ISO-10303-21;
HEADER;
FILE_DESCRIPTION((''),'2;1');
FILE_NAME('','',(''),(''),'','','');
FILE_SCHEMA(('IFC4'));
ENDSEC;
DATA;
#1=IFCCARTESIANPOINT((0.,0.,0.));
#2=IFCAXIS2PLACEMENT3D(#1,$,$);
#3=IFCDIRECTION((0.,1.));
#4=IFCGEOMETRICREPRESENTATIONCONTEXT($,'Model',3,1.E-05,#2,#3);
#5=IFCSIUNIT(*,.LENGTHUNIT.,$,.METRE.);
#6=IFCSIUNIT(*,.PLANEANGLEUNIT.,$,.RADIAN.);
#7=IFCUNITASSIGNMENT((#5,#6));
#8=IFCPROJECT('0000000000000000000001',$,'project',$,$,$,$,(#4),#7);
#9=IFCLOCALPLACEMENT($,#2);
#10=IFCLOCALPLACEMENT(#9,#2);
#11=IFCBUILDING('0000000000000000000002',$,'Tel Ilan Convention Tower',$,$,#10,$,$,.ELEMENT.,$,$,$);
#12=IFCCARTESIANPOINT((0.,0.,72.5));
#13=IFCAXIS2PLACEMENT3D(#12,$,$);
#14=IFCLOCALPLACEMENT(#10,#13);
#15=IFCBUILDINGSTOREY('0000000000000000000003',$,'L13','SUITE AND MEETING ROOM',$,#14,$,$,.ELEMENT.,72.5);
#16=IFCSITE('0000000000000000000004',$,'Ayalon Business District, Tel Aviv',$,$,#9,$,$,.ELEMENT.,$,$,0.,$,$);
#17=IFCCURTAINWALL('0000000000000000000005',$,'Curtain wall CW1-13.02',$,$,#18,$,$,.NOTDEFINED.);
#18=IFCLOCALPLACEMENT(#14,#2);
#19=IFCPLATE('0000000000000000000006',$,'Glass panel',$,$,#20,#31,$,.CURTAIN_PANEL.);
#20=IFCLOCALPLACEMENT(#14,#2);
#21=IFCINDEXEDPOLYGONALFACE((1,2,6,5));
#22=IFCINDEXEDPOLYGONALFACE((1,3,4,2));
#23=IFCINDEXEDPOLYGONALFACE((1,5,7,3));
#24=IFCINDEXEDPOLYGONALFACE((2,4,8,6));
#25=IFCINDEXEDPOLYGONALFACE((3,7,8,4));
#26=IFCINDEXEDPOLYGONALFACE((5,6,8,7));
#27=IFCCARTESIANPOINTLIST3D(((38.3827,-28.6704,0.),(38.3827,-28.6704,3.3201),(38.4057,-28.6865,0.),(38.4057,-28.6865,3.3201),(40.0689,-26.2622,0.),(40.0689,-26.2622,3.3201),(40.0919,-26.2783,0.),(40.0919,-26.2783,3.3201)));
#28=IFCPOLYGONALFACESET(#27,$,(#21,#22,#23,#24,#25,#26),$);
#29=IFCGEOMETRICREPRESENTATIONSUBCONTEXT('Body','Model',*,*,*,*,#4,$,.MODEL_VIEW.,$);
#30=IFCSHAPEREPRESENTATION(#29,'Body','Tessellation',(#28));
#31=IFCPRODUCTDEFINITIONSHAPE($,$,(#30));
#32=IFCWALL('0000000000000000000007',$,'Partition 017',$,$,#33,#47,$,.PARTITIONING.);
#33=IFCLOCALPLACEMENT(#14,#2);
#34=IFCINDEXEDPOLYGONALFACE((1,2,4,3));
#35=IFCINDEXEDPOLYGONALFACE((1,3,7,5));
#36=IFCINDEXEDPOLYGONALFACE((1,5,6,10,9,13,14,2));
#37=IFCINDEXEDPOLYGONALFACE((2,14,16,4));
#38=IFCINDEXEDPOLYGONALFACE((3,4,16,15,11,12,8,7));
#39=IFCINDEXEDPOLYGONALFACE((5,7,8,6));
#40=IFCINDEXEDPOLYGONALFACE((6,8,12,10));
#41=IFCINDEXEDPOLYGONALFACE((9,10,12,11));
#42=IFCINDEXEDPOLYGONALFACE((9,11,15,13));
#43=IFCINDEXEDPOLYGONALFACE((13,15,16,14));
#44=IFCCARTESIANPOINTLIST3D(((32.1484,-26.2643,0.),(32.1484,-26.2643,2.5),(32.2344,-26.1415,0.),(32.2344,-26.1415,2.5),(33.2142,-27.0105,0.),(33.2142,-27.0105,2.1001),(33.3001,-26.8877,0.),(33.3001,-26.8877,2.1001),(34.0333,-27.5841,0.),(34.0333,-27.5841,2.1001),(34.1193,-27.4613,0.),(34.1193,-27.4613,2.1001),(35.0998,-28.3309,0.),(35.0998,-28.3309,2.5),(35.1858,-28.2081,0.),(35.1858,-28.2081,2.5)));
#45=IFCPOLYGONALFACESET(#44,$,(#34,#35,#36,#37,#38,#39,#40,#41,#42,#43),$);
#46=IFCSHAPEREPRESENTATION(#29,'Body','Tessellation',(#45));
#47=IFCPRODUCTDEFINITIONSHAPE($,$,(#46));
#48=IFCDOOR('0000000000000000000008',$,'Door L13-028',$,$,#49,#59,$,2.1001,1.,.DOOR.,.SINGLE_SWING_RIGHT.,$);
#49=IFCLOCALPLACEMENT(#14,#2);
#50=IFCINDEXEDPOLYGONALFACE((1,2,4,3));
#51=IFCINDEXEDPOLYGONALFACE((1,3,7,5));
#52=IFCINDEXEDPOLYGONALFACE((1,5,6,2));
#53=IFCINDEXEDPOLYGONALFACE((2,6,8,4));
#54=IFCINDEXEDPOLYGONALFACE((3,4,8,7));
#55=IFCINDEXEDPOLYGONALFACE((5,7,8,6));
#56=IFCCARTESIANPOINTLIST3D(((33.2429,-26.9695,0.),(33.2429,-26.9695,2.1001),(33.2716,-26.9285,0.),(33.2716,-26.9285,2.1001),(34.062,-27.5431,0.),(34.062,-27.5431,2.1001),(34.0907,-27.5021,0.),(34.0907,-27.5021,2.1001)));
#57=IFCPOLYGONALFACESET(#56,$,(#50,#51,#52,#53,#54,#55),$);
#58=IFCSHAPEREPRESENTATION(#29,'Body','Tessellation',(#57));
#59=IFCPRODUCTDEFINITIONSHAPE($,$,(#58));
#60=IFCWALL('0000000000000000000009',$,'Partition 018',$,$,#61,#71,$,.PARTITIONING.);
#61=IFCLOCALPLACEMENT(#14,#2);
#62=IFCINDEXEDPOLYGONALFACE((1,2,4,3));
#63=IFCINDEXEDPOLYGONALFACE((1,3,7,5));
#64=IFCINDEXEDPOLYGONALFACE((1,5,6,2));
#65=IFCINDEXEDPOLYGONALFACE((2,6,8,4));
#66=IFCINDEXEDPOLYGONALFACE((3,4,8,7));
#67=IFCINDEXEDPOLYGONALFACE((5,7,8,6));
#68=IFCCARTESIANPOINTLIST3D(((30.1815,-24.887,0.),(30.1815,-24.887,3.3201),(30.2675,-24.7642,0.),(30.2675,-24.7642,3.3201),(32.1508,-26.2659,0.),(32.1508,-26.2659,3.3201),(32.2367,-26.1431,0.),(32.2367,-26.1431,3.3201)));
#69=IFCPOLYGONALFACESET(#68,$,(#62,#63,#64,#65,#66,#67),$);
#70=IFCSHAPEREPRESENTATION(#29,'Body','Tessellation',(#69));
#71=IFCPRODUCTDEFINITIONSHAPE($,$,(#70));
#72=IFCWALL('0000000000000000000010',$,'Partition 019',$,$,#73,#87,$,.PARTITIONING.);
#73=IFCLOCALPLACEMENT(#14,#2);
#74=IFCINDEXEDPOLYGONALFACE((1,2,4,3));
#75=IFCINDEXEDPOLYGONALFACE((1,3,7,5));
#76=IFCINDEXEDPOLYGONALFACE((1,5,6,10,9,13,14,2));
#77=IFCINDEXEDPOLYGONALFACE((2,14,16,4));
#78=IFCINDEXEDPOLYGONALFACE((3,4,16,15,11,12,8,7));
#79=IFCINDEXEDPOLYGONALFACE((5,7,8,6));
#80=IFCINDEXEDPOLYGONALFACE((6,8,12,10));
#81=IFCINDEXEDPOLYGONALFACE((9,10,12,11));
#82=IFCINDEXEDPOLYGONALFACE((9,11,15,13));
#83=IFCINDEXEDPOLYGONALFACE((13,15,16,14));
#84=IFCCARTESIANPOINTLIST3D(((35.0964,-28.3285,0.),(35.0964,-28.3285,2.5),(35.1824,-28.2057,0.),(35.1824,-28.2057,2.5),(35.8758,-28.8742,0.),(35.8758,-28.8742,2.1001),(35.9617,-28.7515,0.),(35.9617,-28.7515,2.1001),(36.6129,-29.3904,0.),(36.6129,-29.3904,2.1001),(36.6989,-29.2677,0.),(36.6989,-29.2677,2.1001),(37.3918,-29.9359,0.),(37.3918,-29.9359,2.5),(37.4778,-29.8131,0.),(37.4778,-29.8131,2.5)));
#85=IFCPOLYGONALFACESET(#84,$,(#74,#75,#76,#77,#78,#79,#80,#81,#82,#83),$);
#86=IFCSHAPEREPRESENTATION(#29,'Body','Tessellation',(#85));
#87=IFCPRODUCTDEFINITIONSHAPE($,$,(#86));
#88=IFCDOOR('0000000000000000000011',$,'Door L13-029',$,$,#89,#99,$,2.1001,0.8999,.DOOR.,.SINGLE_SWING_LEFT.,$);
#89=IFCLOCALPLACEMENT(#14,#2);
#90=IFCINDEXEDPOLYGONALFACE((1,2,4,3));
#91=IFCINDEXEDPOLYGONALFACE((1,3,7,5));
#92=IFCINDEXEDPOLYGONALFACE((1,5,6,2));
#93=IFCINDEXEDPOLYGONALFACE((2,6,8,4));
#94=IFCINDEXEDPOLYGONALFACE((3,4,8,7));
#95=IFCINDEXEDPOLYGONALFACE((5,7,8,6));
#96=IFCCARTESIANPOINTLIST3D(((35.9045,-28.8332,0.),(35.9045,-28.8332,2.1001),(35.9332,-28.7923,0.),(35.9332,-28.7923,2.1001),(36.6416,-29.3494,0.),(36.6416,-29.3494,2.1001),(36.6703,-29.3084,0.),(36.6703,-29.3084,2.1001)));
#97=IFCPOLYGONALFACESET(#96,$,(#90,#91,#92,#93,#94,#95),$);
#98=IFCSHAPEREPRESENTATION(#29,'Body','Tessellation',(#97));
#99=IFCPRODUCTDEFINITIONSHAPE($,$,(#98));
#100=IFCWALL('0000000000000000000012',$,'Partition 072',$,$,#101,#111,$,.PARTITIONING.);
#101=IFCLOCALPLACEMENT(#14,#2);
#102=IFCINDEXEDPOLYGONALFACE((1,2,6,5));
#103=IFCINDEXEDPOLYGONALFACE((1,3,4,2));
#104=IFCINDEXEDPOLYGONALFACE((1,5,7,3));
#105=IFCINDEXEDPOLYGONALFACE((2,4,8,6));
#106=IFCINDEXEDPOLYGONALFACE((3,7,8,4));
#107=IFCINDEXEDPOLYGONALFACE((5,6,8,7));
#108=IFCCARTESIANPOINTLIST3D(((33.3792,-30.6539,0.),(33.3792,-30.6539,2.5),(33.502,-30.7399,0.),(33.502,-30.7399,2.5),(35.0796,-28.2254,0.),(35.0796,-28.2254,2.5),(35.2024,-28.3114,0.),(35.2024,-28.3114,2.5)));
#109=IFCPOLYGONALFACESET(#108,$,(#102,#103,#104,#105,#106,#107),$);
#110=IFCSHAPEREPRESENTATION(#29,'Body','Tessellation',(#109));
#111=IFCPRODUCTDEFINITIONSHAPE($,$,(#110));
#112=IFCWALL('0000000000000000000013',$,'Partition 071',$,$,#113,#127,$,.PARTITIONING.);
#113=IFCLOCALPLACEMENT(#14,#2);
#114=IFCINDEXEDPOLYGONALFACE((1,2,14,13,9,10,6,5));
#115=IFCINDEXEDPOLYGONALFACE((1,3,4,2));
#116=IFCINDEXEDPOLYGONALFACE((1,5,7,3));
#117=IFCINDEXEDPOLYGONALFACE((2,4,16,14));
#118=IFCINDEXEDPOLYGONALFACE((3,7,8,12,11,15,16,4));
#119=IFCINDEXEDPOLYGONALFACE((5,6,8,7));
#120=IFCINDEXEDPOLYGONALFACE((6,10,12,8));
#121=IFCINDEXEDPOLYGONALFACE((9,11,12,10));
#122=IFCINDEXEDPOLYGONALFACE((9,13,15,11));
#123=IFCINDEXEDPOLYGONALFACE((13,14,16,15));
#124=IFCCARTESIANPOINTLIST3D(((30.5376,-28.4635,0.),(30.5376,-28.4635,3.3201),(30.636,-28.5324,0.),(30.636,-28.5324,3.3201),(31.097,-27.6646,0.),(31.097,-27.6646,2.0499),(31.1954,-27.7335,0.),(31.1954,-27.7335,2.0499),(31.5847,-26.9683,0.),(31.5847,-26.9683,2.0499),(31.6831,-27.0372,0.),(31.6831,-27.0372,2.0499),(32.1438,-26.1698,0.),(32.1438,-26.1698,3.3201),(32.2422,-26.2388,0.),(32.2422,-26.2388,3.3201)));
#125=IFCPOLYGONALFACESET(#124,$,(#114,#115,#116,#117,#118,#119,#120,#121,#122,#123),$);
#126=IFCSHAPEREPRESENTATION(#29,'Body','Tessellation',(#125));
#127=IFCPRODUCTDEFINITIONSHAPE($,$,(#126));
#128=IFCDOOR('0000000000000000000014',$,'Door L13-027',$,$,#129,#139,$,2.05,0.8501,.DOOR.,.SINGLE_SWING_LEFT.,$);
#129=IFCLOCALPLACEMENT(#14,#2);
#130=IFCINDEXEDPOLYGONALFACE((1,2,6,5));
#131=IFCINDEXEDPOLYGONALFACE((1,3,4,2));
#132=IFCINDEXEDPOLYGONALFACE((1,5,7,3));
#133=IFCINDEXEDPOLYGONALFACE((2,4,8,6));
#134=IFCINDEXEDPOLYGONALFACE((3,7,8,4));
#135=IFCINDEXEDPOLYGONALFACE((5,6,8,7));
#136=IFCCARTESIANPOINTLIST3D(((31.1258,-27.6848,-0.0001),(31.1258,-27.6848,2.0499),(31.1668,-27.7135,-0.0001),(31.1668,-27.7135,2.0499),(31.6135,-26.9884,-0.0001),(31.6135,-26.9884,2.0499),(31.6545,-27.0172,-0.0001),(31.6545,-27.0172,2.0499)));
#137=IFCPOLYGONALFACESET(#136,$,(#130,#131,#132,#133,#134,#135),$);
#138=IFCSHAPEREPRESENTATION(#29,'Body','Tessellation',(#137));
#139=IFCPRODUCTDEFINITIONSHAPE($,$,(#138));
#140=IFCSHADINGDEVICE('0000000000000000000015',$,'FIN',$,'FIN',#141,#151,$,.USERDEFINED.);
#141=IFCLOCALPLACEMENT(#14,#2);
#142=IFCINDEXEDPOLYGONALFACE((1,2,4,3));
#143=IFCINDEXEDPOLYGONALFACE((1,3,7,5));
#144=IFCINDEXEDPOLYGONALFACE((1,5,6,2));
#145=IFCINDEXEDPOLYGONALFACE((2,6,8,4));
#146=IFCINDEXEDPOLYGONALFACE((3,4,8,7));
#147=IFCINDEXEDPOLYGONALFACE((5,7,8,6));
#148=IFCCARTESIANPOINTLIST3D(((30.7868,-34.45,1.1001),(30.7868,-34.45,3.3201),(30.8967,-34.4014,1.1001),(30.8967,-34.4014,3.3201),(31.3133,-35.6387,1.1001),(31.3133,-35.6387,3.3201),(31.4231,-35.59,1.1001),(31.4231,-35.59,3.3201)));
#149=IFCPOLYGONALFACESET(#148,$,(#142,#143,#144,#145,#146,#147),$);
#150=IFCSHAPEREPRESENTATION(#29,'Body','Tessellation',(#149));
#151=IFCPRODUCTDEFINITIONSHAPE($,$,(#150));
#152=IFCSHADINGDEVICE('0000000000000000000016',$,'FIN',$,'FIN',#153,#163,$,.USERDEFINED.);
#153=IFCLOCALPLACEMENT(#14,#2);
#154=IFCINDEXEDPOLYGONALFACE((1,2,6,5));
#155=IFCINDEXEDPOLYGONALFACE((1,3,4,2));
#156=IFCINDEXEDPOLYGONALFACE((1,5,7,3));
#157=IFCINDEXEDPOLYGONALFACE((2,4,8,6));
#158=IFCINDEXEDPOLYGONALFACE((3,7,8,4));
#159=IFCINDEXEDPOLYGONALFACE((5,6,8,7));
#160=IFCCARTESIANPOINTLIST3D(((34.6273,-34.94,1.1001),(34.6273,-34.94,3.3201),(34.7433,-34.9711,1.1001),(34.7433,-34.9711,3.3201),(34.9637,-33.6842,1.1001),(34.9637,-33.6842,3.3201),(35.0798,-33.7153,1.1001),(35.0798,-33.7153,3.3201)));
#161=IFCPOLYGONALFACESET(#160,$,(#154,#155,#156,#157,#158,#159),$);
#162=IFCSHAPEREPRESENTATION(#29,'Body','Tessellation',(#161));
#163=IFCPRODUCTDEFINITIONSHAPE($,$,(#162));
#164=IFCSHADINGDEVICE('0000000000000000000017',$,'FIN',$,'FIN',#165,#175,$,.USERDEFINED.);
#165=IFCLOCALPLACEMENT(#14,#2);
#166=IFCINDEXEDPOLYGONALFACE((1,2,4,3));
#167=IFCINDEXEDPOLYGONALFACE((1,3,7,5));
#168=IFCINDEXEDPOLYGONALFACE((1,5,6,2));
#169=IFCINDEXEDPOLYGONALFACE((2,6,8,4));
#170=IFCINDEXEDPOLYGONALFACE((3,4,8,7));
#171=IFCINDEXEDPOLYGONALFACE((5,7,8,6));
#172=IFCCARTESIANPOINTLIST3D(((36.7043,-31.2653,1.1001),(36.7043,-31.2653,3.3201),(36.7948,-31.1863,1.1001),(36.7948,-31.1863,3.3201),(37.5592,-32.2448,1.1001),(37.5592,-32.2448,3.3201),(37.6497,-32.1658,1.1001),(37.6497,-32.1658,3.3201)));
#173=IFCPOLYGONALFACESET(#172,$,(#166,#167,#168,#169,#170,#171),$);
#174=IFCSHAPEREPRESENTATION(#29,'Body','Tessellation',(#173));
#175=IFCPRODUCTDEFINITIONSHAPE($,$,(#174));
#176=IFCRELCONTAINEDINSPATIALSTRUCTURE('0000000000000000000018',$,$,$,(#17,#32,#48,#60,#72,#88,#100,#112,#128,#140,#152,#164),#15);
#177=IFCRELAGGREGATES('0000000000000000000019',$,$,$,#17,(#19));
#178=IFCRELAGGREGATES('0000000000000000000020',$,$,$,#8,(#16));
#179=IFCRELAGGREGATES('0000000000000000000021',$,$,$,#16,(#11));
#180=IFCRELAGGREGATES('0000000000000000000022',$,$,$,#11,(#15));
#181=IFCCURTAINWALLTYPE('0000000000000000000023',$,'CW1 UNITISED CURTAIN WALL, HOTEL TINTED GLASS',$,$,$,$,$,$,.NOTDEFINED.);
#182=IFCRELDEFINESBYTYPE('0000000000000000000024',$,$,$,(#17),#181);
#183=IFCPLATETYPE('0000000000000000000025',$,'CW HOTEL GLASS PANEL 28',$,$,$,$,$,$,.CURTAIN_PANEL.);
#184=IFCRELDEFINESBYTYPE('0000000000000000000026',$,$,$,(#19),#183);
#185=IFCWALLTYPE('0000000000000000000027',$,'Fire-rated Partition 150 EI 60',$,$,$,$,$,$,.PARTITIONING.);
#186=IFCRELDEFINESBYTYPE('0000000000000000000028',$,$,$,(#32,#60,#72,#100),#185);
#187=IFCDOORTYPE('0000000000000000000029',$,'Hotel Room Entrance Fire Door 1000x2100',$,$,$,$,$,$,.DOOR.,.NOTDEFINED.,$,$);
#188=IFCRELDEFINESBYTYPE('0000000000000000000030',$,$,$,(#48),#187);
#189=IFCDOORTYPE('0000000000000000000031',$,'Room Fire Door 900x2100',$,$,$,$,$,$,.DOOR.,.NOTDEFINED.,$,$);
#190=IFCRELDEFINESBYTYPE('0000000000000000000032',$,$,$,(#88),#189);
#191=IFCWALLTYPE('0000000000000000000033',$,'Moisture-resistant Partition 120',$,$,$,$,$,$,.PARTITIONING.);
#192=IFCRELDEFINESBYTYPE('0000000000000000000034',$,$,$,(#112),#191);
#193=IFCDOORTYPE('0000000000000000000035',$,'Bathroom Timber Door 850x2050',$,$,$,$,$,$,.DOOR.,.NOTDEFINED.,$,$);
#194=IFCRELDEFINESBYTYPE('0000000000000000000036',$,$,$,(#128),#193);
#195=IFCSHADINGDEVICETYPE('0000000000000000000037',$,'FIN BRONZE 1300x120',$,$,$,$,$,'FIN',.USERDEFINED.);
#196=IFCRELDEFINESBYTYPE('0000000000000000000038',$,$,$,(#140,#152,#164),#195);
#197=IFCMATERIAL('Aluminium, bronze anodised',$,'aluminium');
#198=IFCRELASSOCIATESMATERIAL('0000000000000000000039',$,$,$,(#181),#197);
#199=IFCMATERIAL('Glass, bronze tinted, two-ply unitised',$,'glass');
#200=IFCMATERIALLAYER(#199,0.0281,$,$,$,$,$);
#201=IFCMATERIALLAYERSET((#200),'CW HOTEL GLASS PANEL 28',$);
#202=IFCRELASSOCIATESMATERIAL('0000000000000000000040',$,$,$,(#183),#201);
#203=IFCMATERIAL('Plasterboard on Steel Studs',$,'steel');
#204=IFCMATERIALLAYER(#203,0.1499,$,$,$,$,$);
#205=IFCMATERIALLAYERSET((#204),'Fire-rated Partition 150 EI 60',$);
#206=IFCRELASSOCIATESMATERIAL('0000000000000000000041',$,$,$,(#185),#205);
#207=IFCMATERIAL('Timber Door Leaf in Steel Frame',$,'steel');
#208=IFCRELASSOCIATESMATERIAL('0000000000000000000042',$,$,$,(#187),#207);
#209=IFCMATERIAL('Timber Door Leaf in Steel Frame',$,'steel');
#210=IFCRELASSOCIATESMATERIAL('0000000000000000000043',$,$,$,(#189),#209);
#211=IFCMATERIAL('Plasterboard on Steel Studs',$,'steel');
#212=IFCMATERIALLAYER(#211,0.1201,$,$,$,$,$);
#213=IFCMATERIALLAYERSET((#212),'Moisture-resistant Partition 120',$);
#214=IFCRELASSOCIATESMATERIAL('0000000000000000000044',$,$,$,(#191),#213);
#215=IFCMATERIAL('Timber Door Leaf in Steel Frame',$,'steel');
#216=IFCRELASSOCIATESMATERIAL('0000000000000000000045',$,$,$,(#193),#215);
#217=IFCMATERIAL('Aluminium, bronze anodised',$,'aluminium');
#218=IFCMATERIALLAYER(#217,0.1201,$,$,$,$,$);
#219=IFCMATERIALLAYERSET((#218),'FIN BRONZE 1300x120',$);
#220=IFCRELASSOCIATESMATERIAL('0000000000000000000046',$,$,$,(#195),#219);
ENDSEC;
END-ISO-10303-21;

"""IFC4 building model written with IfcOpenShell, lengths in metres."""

from ifc_helpers import new_model, si_unit, direction, frame, frame_2d, origin, origin_2d, place, context, subcontext, project, spatial, rectangle, extrude, material, layer, layer_set, type_object, element, fill, aggregate, save


model = new_model("IFC4")

# Units and contexts
model_context = context("Model", 3, precision=1e-05, world=origin(), true_north=direction((0.0, 1.0)))
body_context = subcontext(model_context, "Body", "Model", "MODEL_VIEW")
ifc_project = project(units=[si_unit("LENGTHUNIT", "METRE"), si_unit("PLANEANGLEUNIT", "RADIAN")], contexts=[model_context])

# Site, building, storey
site_placement = place(None, origin())
site = spatial("IfcSite", under=ifc_project, at=site_placement, Name="Ayalon Business District, Tel Aviv", CompositionType="ELEMENT", RefElevation=0.0)
building_placement = place(site_placement, origin())
building = spatial("IfcBuilding", under=site, at=building_placement, Name="Tel Ilan Convention Tower", CompositionType="ELEMENT")
storey_placement = place(building_placement, frame((0.0, 0.0, 72.5)))
storey = spatial("IfcBuildingStorey", under=building, at=storey_placement, Name="L13", Description="SUITE AND MEETING ROOM", CompositionType="ELEMENT", Elevation=72.5)

# Curtain wall, plate
ifc_material_1 = material(Name="Aluminium, bronze anodised", Category="aluminium")
curtain_wall_type = type_object("IfcCurtainWallType", Name="CW1 UNITISED CURTAIN WALL, HOTEL TINTED GLASS", PredefinedType="NOTDEFINED", material=ifc_material_1)
curtain_wall_placement = place(storey_placement, origin())
curtain_wall = element("IfcCurtainWall", 1, at=curtain_wall_placement, inside=storey, type_object=curtain_wall_type, Name="Curtain wall CW1-13.02", PredefinedType="NOTDEFINED")
ifc_material_2 = material(Name="Glass, bronze tinted, two-ply unitised", Category="glass")
ifc_layer_1 = layer(ifc_material_2, 0.0281)
ifc_layer_set_1 = layer_set([ifc_layer_1], Name="CW HOTEL GLASS PANEL 28")
plate_type = type_object("IfcPlateType", Name="CW HOTEL GLASS PANEL 28", PredefinedType="CURTAIN_PANEL", material=ifc_layer_set_1)
plate_1_placement = place(storey_placement, frame((39.2373, -27.4744, 0.0), z_axis=(0.0, 0.0, 1.0), x_axis=(0.573576, 0.819152, 0.0)))
plate_1 = element("IfcPlate", 2, at=plate_1_placement, type_object=plate_type, Name="Glass panel", PredefinedType="CURTAIN_PANEL", context=body_context, shape_type="SweptSolid", body=[
    extrude(rectangle(XDim=2.9399, YDim=0.0281, at=origin_2d()), origin(), (0.0, 0.0, 1.0), 3.3201),
])
aggregate(curtain_wall, [plate_1])

# Wall, opening, door
ifc_material_3 = material(Name="Plasterboard on Steel Studs", Category="steel")
ifc_layer_2 = layer(ifc_material_3, 0.1499)
ifc_layer_set_2 = layer_set([ifc_layer_2], Name="Fire-rated Partition 150 EI 60")
wall_type_1 = type_object("IfcWallType", Name="Fire-rated Partition 150 EI 60", PredefinedType="PARTITIONING", material=ifc_layer_set_2)
wall_1_placement = place(storey_placement, frame((35.1428, -28.2695, 0.0), z_axis=(0.0, 0.0, 1.0), x_axis=(-0.819146, 0.573585, 0.0)))
wall_1 = element("IfcWall", 3, at=wall_1_placement, inside=storey, type_object=wall_type_1, Name="Partition 017", PredefinedType="PARTITIONING", context=body_context, shape_type="SweptSolid", body=[
    extrude(rectangle(XDim=3.603, YDim=0.1499, at=frame_2d((1.8015, 0.0))), origin(), (0.0, 0.0, 1.0), 2.5),
])
opening_1_placement = place(wall_1_placement, frame((1.302, 0.0, 0.0)))
opening_1 = element("IfcOpeningElement", 4, at=opening_1_placement, cuts=wall_1, PredefinedType="OPENING", context=body_context, shape_type="SweptSolid", body=[
    extrude(rectangle(XDim=1.0, YDim=2.1001, at=frame_2d((0.5, 1.05))), frame((0.0, 0.085, 0.0), z_axis=(0.0, -1.0, 0.0), x_axis=(1.0, 0.0, 0.0)), (0.0, 0.0, 1.0), 0.1699),
])
ifc_material_4 = material(Name="Timber Door Leaf in Steel Frame", Category="steel")
door_type_1 = type_object("IfcDoorType", Name="Hotel Room Entrance Fire Door 1000x2100", OperationType="NOTDEFINED", PredefinedType="DOOR", material=ifc_material_4)
door_1_placement = place(opening_1_placement, origin())
door_1 = element("IfcDoor", 5, at=door_1_placement, inside=storey, type_object=door_type_1, Name="Door L13-028", OperationType="SINGLE_SWING_RIGHT", OverallHeight=2.1001, OverallWidth=1.0, PredefinedType="DOOR", context=body_context, shape_type="SweptSolid", body=[
    extrude(rectangle(XDim=1.0, YDim=2.1001, at=frame_2d((0.5, 1.05))), frame((0.0, 0.0249, 0.0), z_axis=(0.0, -1.0, 0.0), x_axis=(1.0, 0.0, 0.0)), (0.0, 0.0, 1.0), 0.05),
])
fill(opening_1, door_1)

# Wall
wall_2_placement = place(storey_placement, frame((32.1938, -26.2046, 0.0), z_axis=(0.0, 0.0, 1.0), x_axis=(-0.819146, 0.573585, 0.0)))
element("IfcWall", 6, at=wall_2_placement, inside=storey, type_object=wall_type_1, Name="Partition 018", PredefinedType="PARTITIONING", context=body_context, shape_type="SweptSolid", body=[
    extrude(rectangle(XDim=2.4041, YDim=0.1499, at=frame_2d((1.2021, 0.0))), origin(), (0.0, 0.0, 1.0), 3.3201),
])

# Wall, opening, door
wall_3_placement = place(storey_placement, frame((37.4348, -29.8745, 0.0), z_axis=(0.0, 0.0, 1.0), x_axis=(-0.819125, 0.573614, 0.0)))
wall_3 = element("IfcWall", 7, at=wall_3_placement, inside=storey, type_object=wall_type_1, Name="Partition 019", PredefinedType="PARTITIONING", context=body_context, shape_type="SweptSolid", body=[
    extrude(rectangle(XDim=2.8022, YDim=0.1499, at=frame_2d((1.4011, 0.0))), origin(), (0.0, 0.0, 1.0), 2.5),
])
opening_2_placement = place(wall_3_placement, frame((0.9509, 0.0, 0.0)))
opening_2 = element("IfcOpeningElement", 8, at=opening_2_placement, cuts=wall_3, PredefinedType="OPENING", context=body_context, shape_type="SweptSolid", body=[
    extrude(rectangle(XDim=0.8999, YDim=2.1001, at=frame_2d((0.45, 1.05))), frame((0.0, 0.085, 0.0), z_axis=(0.0, -1.0, 0.0), x_axis=(1.0, 0.0, 0.0)), (0.0, 0.0, 1.0), 0.1699),
])
ifc_material_5 = material(Name="Timber Door Leaf in Steel Frame", Category="steel")
door_type_2 = type_object("IfcDoorType", Name="Room Fire Door 900x2100", OperationType="NOTDEFINED", PredefinedType="DOOR", material=ifc_material_5)
door_2_placement = place(opening_2_placement, origin())
door_2 = element("IfcDoor", 9, at=door_2_placement, inside=storey, type_object=door_type_2, Name="Door L13-029", OperationType="SINGLE_SWING_LEFT", OverallHeight=2.1001, OverallWidth=0.8999, PredefinedType="DOOR", context=body_context, shape_type="SweptSolid", body=[
    extrude(rectangle(XDim=0.8999, YDim=2.1001, at=frame_2d((0.45, 1.05))), frame((0.0, 0.0249, 0.0), z_axis=(0.0, -1.0, 0.0), x_axis=(1.0, 0.0, 0.0)), (0.0, 0.0, 1.0), 0.05),
])
fill(opening_2, door_2)

# Wall
wall_4_placement = place(storey_placement, frame((35.1411, -28.2683, 0.0), z_axis=(0.0, 0.0, 1.0), x_axis=(-0.573578, -0.819151, 0.0)))
element("IfcWall", 10, at=wall_4_placement, inside=storey, type_object=wall_type_1, Name="Partition 072", PredefinedType="PARTITIONING", context=body_context, shape_type="SweptSolid", body=[
    extrude(rectangle(XDim=2.9646, YDim=0.1499, at=frame_2d((1.4824, 0.0))), origin(), (0.0, 0.0, 1.0), 2.5),
])

# Wall, opening, door
ifc_material_6 = material(Name="Plasterboard on Steel Studs", Category="steel")
ifc_layer_3 = layer(ifc_material_6, 0.1201)
ifc_layer_set_3 = layer_set([ifc_layer_3], Name="Moisture-resistant Partition 120")
wall_type_2 = type_object("IfcWallType", Name="Moisture-resistant Partition 120", PredefinedType="PARTITIONING", material=ifc_layer_set_3)
wall_5_placement = place(storey_placement, frame((30.5869, -28.4978, 0.0), z_axis=(0.0, 0.0, 1.0), x_axis=(0.573609, 0.81913, 0.0)))
wall_5 = element("IfcWall", 11, at=wall_5_placement, inside=storey, type_object=wall_type_2, Name="Partition 071", PredefinedType="PARTITIONING", context=body_context, shape_type="SweptSolid", body=[
    extrude(rectangle(XDim=2.8, YDim=0.1201, at=frame_2d((1.3999, 0.0))), origin(), (0.0, 0.0, 1.0), 3.3201),
])
opening_3_placement = place(wall_5_placement, frame((0.9751, 0.0, 0.0)))
opening_3 = element("IfcOpeningElement", 12, at=opening_3_placement, cuts=wall_5, PredefinedType="OPENING", context=body_context, shape_type="SweptSolid", body=[
    extrude(rectangle(XDim=0.8501, YDim=2.05, at=frame_2d((0.425, 1.0249))), frame((0.0, 0.0701, 0.0), z_axis=(0.0, -1.0, 0.0), x_axis=(1.0, 0.0, 0.0)), (0.0, 0.0, 1.0), 0.1401),
])
ifc_material_7 = material(Name="Timber Door Leaf in Steel Frame", Category="steel")
door_type_3 = type_object("IfcDoorType", Name="Bathroom Timber Door 850x2050", OperationType="NOTDEFINED", PredefinedType="DOOR", material=ifc_material_7)
door_3_placement = place(opening_3_placement, origin())
door_3 = element("IfcDoor", 13, at=door_3_placement, inside=storey, type_object=door_type_3, Name="Door L13-027", OperationType="SINGLE_SWING_LEFT", OverallHeight=2.05, OverallWidth=0.8501, PredefinedType="DOOR", context=body_context, shape_type="SweptSolid", body=[
    extrude(rectangle(XDim=0.8501, YDim=2.05, at=frame_2d((0.425, 1.0249))), frame((0.0, 0.0249, 0.0), z_axis=(0.0, -1.0, 0.0), x_axis=(1.0, 0.0, 0.0)), (0.0, 0.0, 1.0), 0.05),
])
fill(opening_3, door_3)

# Shading devices
ifc_material_8 = material(Name="Aluminium, bronze anodised", Category="aluminium")
ifc_layer_4 = layer(ifc_material_8, 0.1201)
ifc_layer_set_4 = layer_set([ifc_layer_4], Name="FIN BRONZE 1300x120")
shading_device_type = type_object("IfcShadingDeviceType", Name="FIN BRONZE 1300x120", ElementType="FIN", PredefinedType="USERDEFINED", material=ifc_layer_set_4)
for number, where, z_axis, x_axis, name in (
    (14, (31.105, -35.02, 1.1001), (0.0, 0.0, 1.0), (0.404964, -0.914333, 0.0), "FIN"),
    (15, (34.8535, -34.3276, 1.1001), (0.0, 0.0, 1.0), (-0.258819, -0.965926, 0.0), "FIN"),
    (16, (37.177, -31.7156, 1.1001), (0.0, 0.0, 1.0), (0.657521, -0.753436, 0.0), "FIN"),
):
    element("IfcShadingDevice", number, at=place(storey_placement, frame(where, z_axis=z_axis, x_axis=x_axis)), inside=storey, type_object=shading_device_type, Name=name, ObjectType="FIN", PredefinedType="USERDEFINED", context=body_context, shape_type="SweptSolid", body=[
        extrude(rectangle(XDim=1.3, YDim=0.1201, at=origin_2d()), origin(), (0.0, 0.0, 1.0), 2.22),
    ])

save(model, "model.ifc")
